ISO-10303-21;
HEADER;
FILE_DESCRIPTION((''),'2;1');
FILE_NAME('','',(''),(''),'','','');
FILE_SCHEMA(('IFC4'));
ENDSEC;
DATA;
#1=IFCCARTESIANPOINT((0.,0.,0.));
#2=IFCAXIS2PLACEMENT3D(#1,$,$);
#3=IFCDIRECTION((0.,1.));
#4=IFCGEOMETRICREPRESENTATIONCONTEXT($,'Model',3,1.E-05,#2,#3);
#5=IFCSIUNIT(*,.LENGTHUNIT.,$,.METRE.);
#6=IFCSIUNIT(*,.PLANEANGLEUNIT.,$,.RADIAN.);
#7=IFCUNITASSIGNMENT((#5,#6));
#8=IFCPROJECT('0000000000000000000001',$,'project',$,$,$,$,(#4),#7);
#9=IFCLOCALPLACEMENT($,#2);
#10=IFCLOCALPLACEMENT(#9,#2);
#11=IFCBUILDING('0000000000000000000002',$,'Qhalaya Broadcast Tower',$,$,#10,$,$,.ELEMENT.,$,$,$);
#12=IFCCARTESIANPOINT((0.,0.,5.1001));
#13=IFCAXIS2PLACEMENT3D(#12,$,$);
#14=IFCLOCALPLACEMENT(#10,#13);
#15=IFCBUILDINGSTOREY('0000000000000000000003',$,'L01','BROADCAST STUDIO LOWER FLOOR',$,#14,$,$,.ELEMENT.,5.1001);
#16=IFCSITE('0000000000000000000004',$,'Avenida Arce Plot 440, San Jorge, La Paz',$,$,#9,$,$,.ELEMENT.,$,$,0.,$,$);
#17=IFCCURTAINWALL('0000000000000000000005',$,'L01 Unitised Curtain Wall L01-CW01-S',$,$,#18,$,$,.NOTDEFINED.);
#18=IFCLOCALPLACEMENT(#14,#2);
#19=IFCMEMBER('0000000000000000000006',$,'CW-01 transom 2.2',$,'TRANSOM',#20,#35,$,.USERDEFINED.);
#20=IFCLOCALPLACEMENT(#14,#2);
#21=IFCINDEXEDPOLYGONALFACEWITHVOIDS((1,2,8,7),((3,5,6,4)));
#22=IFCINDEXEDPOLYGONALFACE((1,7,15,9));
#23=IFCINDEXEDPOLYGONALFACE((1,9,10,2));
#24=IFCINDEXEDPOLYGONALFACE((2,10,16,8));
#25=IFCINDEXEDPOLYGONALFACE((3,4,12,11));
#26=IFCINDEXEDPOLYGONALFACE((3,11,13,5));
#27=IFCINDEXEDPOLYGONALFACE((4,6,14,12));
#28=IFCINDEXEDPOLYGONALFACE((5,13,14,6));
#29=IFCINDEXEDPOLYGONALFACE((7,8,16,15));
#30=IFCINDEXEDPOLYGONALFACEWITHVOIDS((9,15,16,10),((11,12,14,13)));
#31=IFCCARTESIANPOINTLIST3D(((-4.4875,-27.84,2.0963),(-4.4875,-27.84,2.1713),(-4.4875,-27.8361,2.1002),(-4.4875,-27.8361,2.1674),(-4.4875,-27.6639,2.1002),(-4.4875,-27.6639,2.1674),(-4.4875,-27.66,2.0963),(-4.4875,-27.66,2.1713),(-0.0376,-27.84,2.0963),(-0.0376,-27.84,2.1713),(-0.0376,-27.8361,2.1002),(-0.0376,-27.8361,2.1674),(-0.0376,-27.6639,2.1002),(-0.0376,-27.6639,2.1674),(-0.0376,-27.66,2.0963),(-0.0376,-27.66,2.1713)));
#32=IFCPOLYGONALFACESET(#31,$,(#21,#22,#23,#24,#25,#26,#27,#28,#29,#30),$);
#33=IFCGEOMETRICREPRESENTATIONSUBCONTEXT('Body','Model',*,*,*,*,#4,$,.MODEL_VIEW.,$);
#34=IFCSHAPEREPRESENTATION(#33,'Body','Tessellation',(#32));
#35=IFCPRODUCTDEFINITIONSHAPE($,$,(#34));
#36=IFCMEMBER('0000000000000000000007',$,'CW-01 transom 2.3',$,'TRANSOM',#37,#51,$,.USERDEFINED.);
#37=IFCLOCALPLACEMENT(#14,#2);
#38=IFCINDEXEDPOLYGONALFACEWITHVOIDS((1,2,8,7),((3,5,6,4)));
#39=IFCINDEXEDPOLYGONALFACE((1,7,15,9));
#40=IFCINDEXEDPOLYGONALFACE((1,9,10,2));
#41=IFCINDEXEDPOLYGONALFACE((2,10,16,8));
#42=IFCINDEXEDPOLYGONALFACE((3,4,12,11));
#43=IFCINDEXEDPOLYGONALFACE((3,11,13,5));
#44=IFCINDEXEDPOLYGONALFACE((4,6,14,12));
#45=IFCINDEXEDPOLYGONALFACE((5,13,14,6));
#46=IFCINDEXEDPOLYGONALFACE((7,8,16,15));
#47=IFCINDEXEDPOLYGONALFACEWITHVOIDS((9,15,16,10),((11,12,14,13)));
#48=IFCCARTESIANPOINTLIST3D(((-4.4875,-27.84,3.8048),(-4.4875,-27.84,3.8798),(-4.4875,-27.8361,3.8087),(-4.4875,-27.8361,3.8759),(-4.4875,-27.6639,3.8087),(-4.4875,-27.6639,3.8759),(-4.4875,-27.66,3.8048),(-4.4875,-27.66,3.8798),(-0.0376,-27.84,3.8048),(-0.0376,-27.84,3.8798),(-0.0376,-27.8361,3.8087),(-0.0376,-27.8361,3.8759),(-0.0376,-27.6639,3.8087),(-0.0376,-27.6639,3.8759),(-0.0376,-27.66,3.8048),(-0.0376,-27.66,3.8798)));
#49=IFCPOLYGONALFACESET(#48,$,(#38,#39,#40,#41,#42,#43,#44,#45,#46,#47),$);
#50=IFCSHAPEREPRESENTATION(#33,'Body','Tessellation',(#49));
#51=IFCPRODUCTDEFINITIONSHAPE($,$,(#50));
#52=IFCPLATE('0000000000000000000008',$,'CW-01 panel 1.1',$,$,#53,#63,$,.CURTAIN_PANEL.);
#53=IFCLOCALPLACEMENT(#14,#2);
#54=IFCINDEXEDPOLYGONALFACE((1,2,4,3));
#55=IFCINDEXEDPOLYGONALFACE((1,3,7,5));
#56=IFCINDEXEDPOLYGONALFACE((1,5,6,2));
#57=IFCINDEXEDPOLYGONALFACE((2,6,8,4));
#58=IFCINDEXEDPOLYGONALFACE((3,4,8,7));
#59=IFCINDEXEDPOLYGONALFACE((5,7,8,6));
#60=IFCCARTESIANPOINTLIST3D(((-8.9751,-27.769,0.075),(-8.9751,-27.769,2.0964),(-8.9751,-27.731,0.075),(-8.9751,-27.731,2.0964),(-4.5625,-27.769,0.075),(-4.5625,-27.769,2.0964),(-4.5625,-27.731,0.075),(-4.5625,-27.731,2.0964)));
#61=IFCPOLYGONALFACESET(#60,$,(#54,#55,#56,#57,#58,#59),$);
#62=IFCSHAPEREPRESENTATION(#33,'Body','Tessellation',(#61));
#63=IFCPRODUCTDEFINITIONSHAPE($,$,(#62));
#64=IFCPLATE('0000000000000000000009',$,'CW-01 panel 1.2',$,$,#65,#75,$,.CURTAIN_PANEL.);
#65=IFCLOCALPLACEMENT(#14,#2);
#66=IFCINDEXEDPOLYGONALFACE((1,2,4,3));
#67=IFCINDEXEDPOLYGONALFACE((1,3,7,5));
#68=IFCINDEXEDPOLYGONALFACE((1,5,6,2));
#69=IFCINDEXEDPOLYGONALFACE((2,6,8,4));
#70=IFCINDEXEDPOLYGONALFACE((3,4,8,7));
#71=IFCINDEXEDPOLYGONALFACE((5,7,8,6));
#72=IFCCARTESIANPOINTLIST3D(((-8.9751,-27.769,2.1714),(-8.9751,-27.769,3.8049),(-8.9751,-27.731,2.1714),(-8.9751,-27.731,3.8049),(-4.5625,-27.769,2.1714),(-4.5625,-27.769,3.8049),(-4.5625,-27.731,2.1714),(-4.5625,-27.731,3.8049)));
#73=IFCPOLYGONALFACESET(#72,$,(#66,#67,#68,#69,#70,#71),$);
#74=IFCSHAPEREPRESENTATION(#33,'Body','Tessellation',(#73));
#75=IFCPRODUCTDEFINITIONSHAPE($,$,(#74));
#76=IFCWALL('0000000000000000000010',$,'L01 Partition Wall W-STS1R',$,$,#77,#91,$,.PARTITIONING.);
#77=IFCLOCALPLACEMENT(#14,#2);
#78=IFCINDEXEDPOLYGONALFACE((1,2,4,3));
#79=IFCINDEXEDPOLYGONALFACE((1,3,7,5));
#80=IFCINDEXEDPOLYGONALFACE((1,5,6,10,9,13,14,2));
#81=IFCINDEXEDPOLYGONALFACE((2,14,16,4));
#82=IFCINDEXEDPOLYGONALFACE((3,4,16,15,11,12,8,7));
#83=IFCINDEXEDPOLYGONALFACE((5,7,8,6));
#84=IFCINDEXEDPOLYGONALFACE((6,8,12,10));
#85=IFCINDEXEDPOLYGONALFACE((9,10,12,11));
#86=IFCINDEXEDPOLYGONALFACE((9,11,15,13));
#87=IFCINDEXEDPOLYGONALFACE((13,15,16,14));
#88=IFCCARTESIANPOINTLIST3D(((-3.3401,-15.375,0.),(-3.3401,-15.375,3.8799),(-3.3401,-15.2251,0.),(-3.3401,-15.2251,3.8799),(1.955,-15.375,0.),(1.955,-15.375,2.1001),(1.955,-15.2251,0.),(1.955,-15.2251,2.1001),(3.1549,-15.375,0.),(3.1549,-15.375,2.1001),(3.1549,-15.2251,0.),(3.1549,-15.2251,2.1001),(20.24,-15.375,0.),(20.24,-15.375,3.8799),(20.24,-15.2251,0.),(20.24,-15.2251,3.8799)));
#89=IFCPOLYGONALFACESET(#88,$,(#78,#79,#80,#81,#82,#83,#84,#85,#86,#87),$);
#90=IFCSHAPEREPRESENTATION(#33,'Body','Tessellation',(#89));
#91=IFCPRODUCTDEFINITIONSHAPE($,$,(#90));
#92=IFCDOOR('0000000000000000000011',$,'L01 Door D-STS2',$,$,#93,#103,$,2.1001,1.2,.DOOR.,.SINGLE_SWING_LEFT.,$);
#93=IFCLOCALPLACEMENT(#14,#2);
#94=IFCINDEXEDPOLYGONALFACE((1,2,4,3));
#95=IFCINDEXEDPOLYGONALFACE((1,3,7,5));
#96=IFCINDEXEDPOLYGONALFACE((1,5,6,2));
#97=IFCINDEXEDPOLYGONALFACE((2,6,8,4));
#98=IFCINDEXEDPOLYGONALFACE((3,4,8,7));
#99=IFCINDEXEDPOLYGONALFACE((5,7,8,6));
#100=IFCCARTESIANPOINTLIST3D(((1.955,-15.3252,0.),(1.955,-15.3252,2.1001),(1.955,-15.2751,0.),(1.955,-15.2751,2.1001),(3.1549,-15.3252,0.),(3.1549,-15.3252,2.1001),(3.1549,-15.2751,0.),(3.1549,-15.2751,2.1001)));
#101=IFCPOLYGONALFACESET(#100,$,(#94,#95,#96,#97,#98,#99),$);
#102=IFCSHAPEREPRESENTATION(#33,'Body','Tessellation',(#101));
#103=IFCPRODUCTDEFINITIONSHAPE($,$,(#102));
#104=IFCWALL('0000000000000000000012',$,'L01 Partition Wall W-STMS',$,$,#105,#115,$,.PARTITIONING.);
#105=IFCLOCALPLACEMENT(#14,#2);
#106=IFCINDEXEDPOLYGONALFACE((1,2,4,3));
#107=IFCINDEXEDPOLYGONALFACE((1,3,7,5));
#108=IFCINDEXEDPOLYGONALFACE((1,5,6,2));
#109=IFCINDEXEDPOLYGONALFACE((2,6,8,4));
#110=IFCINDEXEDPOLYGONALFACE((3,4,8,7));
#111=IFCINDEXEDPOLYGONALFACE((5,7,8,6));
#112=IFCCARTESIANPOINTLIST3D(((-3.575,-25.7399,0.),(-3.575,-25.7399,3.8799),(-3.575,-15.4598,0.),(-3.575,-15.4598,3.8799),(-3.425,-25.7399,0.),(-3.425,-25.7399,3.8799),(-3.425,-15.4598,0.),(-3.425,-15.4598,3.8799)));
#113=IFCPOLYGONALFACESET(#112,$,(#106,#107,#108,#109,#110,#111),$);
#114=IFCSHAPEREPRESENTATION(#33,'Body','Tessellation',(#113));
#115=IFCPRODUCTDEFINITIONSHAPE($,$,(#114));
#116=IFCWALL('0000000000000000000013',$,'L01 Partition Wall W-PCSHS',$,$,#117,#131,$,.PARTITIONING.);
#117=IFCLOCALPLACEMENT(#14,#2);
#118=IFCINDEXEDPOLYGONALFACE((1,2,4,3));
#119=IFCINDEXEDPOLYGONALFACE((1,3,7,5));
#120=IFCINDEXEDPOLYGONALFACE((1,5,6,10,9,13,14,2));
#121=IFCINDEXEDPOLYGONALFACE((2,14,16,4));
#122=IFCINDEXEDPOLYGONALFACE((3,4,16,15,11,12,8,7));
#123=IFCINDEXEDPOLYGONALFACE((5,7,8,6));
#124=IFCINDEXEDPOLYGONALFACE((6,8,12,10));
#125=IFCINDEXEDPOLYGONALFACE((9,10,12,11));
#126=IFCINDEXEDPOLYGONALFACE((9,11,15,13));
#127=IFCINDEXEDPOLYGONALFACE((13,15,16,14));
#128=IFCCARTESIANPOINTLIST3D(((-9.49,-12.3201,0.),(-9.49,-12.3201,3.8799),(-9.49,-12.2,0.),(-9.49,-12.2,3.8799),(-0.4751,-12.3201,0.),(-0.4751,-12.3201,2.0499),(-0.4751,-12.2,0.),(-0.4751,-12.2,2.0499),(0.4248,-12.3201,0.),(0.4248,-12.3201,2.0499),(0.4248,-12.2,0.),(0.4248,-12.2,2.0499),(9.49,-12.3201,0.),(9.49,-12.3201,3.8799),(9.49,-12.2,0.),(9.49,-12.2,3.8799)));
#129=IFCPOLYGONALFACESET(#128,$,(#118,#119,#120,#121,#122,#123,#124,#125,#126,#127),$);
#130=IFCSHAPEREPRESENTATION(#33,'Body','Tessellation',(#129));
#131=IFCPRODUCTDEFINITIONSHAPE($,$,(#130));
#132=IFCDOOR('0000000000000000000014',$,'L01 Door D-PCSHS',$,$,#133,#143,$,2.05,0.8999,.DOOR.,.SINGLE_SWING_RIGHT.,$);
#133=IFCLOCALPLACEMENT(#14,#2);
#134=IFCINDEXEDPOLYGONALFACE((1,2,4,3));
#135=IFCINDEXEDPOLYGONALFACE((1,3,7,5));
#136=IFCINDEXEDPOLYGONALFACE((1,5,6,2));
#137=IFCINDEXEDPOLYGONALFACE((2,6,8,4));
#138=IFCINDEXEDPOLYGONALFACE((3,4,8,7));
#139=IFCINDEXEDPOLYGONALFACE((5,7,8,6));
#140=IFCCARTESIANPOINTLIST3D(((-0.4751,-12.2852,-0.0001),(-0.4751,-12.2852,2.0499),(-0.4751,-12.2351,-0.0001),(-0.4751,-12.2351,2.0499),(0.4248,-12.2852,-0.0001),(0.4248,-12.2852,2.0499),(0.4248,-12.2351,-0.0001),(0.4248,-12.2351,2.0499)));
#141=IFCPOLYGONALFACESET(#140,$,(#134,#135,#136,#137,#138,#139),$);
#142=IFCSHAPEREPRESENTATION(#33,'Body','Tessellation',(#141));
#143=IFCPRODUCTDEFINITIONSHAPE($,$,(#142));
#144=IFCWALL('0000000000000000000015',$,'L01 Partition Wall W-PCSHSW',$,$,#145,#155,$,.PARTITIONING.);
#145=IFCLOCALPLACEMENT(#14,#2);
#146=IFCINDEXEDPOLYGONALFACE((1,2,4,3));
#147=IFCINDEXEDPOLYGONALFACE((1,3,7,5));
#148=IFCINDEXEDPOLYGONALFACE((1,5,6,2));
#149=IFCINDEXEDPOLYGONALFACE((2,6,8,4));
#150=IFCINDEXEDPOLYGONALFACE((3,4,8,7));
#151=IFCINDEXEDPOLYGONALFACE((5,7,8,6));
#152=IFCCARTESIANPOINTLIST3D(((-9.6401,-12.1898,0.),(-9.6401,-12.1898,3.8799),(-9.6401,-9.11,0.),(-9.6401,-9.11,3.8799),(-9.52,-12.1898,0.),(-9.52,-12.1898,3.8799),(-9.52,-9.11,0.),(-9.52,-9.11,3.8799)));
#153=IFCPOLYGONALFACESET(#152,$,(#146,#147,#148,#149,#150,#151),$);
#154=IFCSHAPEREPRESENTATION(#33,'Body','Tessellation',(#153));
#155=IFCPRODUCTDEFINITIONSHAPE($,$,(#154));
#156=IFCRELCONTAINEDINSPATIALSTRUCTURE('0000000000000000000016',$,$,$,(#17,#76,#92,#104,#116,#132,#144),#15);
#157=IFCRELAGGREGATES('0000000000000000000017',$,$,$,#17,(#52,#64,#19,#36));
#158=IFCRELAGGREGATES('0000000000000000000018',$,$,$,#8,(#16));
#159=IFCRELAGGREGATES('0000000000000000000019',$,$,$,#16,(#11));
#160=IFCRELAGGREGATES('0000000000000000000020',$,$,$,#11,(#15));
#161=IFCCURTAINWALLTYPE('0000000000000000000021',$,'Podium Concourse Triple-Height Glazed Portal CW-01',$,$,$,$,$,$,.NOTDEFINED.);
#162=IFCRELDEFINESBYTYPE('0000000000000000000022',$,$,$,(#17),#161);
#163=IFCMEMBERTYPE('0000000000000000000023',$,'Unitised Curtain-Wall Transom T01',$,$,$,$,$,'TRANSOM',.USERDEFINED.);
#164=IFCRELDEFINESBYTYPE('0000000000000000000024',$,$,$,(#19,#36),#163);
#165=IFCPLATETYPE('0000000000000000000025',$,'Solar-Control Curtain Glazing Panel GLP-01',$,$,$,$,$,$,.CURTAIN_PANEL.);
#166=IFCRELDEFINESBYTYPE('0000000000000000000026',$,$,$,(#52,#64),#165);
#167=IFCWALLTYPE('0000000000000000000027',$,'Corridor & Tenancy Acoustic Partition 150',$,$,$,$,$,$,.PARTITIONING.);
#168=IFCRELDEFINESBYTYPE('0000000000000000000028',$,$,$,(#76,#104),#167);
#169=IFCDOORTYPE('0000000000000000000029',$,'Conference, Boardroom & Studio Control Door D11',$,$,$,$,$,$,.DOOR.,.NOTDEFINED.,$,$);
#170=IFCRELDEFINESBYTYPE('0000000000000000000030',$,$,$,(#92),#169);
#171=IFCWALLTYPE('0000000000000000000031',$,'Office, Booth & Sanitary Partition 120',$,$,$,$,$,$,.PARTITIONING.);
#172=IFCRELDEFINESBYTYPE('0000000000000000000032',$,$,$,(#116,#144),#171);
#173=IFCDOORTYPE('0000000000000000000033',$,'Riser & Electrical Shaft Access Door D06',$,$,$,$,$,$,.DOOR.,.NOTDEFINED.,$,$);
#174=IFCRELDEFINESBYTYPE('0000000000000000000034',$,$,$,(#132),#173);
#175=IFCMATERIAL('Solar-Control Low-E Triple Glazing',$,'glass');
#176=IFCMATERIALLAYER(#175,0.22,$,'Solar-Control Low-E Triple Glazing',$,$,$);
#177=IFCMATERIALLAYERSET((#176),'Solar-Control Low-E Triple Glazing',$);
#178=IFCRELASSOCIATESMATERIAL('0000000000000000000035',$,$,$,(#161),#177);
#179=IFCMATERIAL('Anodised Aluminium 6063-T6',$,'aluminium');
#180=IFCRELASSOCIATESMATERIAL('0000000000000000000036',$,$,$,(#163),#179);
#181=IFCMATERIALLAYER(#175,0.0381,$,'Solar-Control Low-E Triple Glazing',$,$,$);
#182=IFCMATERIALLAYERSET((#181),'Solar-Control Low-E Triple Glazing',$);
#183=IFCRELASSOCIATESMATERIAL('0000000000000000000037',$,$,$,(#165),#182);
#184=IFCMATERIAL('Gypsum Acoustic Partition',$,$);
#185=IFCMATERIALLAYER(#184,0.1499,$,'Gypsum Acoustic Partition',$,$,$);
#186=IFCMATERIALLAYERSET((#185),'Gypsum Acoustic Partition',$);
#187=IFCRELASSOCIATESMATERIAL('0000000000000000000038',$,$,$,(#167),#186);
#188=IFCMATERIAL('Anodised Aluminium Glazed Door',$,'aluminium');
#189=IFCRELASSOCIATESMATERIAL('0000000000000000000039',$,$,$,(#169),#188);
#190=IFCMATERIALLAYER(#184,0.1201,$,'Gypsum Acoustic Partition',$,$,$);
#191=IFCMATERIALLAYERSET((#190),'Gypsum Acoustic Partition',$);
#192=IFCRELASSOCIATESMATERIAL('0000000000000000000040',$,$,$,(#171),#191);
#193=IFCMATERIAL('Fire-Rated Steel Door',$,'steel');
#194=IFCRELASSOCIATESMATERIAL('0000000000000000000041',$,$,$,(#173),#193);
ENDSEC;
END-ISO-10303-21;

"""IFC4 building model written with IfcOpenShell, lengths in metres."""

from ifc_helpers import new_model, si_unit, direction, frame, frame_2d, origin, origin_2d, place, context, subcontext, project, spatial, rectangle, hollow_rectangle, extrude, material, layer, layer_set, material_profile, profile_set, type_object, element, fill, aggregate, save


model = new_model("IFC4")

# Units and contexts
model_context = context("Model", 3, precision=1e-05, world=origin(), true_north=direction((0.0, 1.0)))
body_context = subcontext(model_context, "Body", "Model", "MODEL_VIEW")
ifc_project = project(units=[si_unit("LENGTHUNIT", "METRE"), si_unit("PLANEANGLEUNIT", "RADIAN")], contexts=[model_context])

# Site, building, storey
site_placement = place(None, origin())
site = spatial("IfcSite", under=ifc_project, at=site_placement, Name="Avenida Arce Plot 440, San Jorge, La Paz", CompositionType="ELEMENT", RefElevation=0.0)
building_placement = place(site_placement, origin())
building = spatial("IfcBuilding", under=site, at=building_placement, Name="Qhalaya Broadcast Tower", CompositionType="ELEMENT")
storey_placement = place(building_placement, frame((0.0, 0.0, 5.1001)))
storey = spatial("IfcBuildingStorey", under=building, at=storey_placement, Name="L01", Description="BROADCAST STUDIO LOWER FLOOR", CompositionType="ELEMENT", Elevation=5.1001)

# Curtain wall, members, plates
ifc_material_1 = material(Name="Solar-Control Low-E Triple Glazing", Category="glass")
ifc_layer_1 = layer(ifc_material_1, 0.22, Name="Solar-Control Low-E Triple Glazing")
ifc_layer_set_1 = layer_set([ifc_layer_1], Name="Solar-Control Low-E Triple Glazing")
curtain_wall_type = type_object("IfcCurtainWallType", Name="Podium Concourse Triple-Height Glazed Portal CW-01", PredefinedType="NOTDEFINED", material=ifc_layer_set_1)
curtain_wall_placement = place(storey_placement, origin())
curtain_wall = element("IfcCurtainWall", 1, at=curtain_wall_placement, inside=storey, type_object=curtain_wall_type, Name="L01 Unitised Curtain Wall L01-CW01-S", PredefinedType="NOTDEFINED")
ifc_material_2 = material(Name="Anodised Aluminium 6063-T6", Category="aluminium")
ifc_material_profile_1 = material_profile(ifc_material_2, hollow_rectangle(XDim=0.075, YDim=0.1799, WallThickness=0.0039, at=origin_2d()), Name="ALU-TRN 75x180x4")
ifc_profile_set_1 = profile_set([ifc_material_profile_1], Name="Anodised Aluminium 6063-T6")
member_type_1 = type_object("IfcMemberType", Name="Unitised Curtain-Wall Transom T01", ElementType="TRANSOM", PredefinedType="USERDEFINED", material=ifc_profile_set_1)
member_1_placement = place(storey_placement, frame((-4.4875, -27.75, 2.1338), z_axis=(1.0, 0.0, 0.0), x_axis=(0.0, 0.0, 1.0)))
member_1 = element("IfcMember", 2, at=member_1_placement, type_object=member_type_1, Name="CW-01 transom 2.2", ObjectType="TRANSOM", PredefinedType="USERDEFINED", context=body_context, shape_type="SweptSolid", body=[
    extrude(hollow_rectangle(XDim=0.075, YDim=0.1799, WallThickness=0.0039, at=origin_2d()), origin(), (0.0, 0.0, 1.0), 4.45),
])
member_2_placement = place(storey_placement, frame((-4.4875, -27.75, 3.8423), z_axis=(1.0, 0.0, 0.0), x_axis=(0.0, 0.0, 1.0)))
member_2 = element("IfcMember", 3, at=member_2_placement, type_object=member_type_1, Name="CW-01 transom 2.3", ObjectType="TRANSOM", PredefinedType="USERDEFINED", context=body_context, shape_type="SweptSolid", body=[
    extrude(hollow_rectangle(XDim=0.075, YDim=0.1799, WallThickness=0.0039, at=origin_2d()), origin(), (0.0, 0.0, 1.0), 4.45),
])
ifc_layer_2 = layer(ifc_material_1, 0.0381, Name="Solar-Control Low-E Triple Glazing")
ifc_layer_set_2 = layer_set([ifc_layer_2], Name="Solar-Control Low-E Triple Glazing")
plate_type = type_object("IfcPlateType", Name="Solar-Control Curtain Glazing Panel GLP-01", PredefinedType="CURTAIN_PANEL", material=ifc_layer_set_2)
plate_1_placement = place(storey_placement, frame((-6.7688, -27.75, 0.075), z_axis=(0.0, 0.0, 1.0), x_axis=(1.0, 0.0, 0.0)))
plate_1 = element("IfcPlate", 4, at=plate_1_placement, type_object=plate_type, Name="CW-01 panel 1.1", PredefinedType="CURTAIN_PANEL", context=body_context, shape_type="SweptSolid", body=[
    extrude(rectangle(XDim=4.4126, YDim=0.0381, at=origin_2d()), origin(), (0.0, 0.0, 1.0), 2.0215),
])
plate_2_placement = place(storey_placement, frame((-6.7688, -27.75, 2.1714), z_axis=(0.0, 0.0, 1.0), x_axis=(1.0, 0.0, 0.0)))
plate_2 = element("IfcPlate", 5, at=plate_2_placement, type_object=plate_type, Name="CW-01 panel 1.2", PredefinedType="CURTAIN_PANEL", context=body_context, shape_type="SweptSolid", body=[
    extrude(rectangle(XDim=4.4126, YDim=0.0381, at=origin_2d()), origin(), (0.0, 0.0, 1.0), 1.6335),
])
aggregate(curtain_wall, [plate_1, plate_2, member_1, member_2])

# Wall, opening, door
ifc_material_3 = material(Name="Gypsum Acoustic Partition")
ifc_layer_3 = layer(ifc_material_3, 0.1499, Name="Gypsum Acoustic Partition")
ifc_layer_set_3 = layer_set([ifc_layer_3], Name="Gypsum Acoustic Partition")
wall_type_1 = type_object("IfcWallType", Name="Corridor & Tenancy Acoustic Partition 150", PredefinedType="PARTITIONING", material=ifc_layer_set_3)
wall_1_placement = place(storey_placement, frame((-3.3401, -15.3, 0.0), z_axis=(0.0, 0.0, 1.0), x_axis=(1.0, 0.0, 0.0)))
wall_1 = element("IfcWall", 6, at=wall_1_placement, inside=storey, type_object=wall_type_1, Name="L01 Partition Wall W-STS1R", PredefinedType="PARTITIONING", context=body_context, shape_type="SweptSolid", body=[
    extrude(rectangle(XDim=23.5801, YDim=0.1499, at=frame_2d((11.79, 0.0))), origin(), (0.0, 0.0, 1.0), 3.8799),
])
opening_1_placement = place(wall_1_placement, frame((5.2949, 0.0, 0.0)))
opening_1 = element("IfcOpeningElement", 7, at=opening_1_placement, cuts=wall_1, PredefinedType="OPENING", context=body_context, shape_type="SweptSolid", body=[
    extrude(rectangle(XDim=1.2, YDim=2.1001, at=frame_2d((0.6001, 1.05))), frame((0.0, 0.0869, 0.0), z_axis=(0.0, -1.0, 0.0), x_axis=(1.0, 0.0, 0.0)), (0.0, 0.0, 1.0), 0.1738),
])
ifc_material_4 = material(Name="Anodised Aluminium Glazed Door", Category="aluminium")
door_type_1 = type_object("IfcDoorType", Name="Conference, Boardroom & Studio Control Door D11", OperationType="NOTDEFINED", PredefinedType="DOOR", material=ifc_material_4)
door_1_placement = place(opening_1_placement, origin())
door_1 = element("IfcDoor", 8, at=door_1_placement, inside=storey, type_object=door_type_1, Name="L01 Door D-STS2", OperationType="SINGLE_SWING_LEFT", OverallHeight=2.1001, OverallWidth=1.2, PredefinedType="DOOR", context=body_context, shape_type="SweptSolid", body=[
    extrude(rectangle(XDim=1.2, YDim=2.1001, at=frame_2d((0.6001, 1.05))), frame((0.0, 0.0249, 0.0), z_axis=(0.0, -1.0, 0.0), x_axis=(1.0, 0.0, 0.0)), (0.0, 0.0, 1.0), 0.05),
])
fill(opening_1, door_1)

# Wall
wall_2_placement = place(storey_placement, frame((-3.5, -25.74, 0.0), z_axis=(0.0, 0.0, 1.0), x_axis=(0.0, 1.0, 0.0)))
element("IfcWall", 9, at=wall_2_placement, inside=storey, type_object=wall_type_1, Name="L01 Partition Wall W-STMS", PredefinedType="PARTITIONING", context=body_context, shape_type="SweptSolid", body=[
    extrude(rectangle(XDim=10.28, YDim=0.1499, at=frame_2d((5.1401, 0.0))), origin(), (0.0, 0.0, 1.0), 3.8799),
])

# Wall, opening, door
ifc_layer_4 = layer(ifc_material_3, 0.1201, Name="Gypsum Acoustic Partition")
ifc_layer_set_4 = layer_set([ifc_layer_4], Name="Gypsum Acoustic Partition")
wall_type_2 = type_object("IfcWallType", Name="Office, Booth & Sanitary Partition 120", PredefinedType="PARTITIONING", material=ifc_layer_set_4)
wall_3_placement = place(storey_placement, frame((-9.49, -12.26, 0.0), z_axis=(0.0, 0.0, 1.0), x_axis=(1.0, 0.0, 0.0)))
wall_3 = element("IfcWall", 10, at=wall_3_placement, inside=storey, type_object=wall_type_2, Name="L01 Partition Wall W-PCSHS", PredefinedType="PARTITIONING", context=body_context, shape_type="SweptSolid", body=[
    extrude(rectangle(XDim=18.98, YDim=0.1201, at=frame_2d((9.49, 0.0))), origin(), (0.0, 0.0, 1.0), 3.8799),
])
opening_2_placement = place(wall_3_placement, frame((9.0149, 0.0, 0.0)))
opening_2 = element("IfcOpeningElement", 11, at=opening_2_placement, cuts=wall_3, PredefinedType="OPENING", context=body_context, shape_type="SweptSolid", body=[
    extrude(rectangle(XDim=0.8999, YDim=2.05, at=frame_2d((0.45, 1.0249))), frame((0.0, 0.072, 0.0), z_axis=(0.0, -1.0, 0.0), x_axis=(1.0, 0.0, 0.0)), (0.0, 0.0, 1.0), 0.144),
])
ifc_material_5 = material(Name="Fire-Rated Steel Door", Category="steel")
door_type_2 = type_object("IfcDoorType", Name="Riser & Electrical Shaft Access Door D06", OperationType="NOTDEFINED", PredefinedType="DOOR", material=ifc_material_5)
door_2_placement = place(opening_2_placement, origin())
door_2 = element("IfcDoor", 12, at=door_2_placement, inside=storey, type_object=door_type_2, Name="L01 Door D-PCSHS", OperationType="SINGLE_SWING_RIGHT", OverallHeight=2.05, OverallWidth=0.8999, PredefinedType="DOOR", context=body_context, shape_type="SweptSolid", body=[
    extrude(rectangle(XDim=0.8999, YDim=2.05, at=frame_2d((0.45, 1.0249))), frame((0.0, 0.0249, 0.0), z_axis=(0.0, -1.0, 0.0), x_axis=(1.0, 0.0, 0.0)), (0.0, 0.0, 1.0), 0.05),
])
fill(opening_2, door_2)

# Wall
wall_4_placement = place(storey_placement, frame((-9.5801, -12.1899, 0.0), z_axis=(0.0, 0.0, 1.0), x_axis=(0.0, 1.0, 0.0)))
element("IfcWall", 13, at=wall_4_placement, inside=storey, type_object=wall_type_2, Name="L01 Partition Wall W-PCSHSW", PredefinedType="PARTITIONING", context=body_context, shape_type="SweptSolid", body=[
    extrude(rectangle(XDim=3.0798, YDim=0.1201, at=frame_2d((1.54, 0.0))), origin(), (0.0, 0.0, 1.0), 3.8799),
])

save(model, "model.ifc")
